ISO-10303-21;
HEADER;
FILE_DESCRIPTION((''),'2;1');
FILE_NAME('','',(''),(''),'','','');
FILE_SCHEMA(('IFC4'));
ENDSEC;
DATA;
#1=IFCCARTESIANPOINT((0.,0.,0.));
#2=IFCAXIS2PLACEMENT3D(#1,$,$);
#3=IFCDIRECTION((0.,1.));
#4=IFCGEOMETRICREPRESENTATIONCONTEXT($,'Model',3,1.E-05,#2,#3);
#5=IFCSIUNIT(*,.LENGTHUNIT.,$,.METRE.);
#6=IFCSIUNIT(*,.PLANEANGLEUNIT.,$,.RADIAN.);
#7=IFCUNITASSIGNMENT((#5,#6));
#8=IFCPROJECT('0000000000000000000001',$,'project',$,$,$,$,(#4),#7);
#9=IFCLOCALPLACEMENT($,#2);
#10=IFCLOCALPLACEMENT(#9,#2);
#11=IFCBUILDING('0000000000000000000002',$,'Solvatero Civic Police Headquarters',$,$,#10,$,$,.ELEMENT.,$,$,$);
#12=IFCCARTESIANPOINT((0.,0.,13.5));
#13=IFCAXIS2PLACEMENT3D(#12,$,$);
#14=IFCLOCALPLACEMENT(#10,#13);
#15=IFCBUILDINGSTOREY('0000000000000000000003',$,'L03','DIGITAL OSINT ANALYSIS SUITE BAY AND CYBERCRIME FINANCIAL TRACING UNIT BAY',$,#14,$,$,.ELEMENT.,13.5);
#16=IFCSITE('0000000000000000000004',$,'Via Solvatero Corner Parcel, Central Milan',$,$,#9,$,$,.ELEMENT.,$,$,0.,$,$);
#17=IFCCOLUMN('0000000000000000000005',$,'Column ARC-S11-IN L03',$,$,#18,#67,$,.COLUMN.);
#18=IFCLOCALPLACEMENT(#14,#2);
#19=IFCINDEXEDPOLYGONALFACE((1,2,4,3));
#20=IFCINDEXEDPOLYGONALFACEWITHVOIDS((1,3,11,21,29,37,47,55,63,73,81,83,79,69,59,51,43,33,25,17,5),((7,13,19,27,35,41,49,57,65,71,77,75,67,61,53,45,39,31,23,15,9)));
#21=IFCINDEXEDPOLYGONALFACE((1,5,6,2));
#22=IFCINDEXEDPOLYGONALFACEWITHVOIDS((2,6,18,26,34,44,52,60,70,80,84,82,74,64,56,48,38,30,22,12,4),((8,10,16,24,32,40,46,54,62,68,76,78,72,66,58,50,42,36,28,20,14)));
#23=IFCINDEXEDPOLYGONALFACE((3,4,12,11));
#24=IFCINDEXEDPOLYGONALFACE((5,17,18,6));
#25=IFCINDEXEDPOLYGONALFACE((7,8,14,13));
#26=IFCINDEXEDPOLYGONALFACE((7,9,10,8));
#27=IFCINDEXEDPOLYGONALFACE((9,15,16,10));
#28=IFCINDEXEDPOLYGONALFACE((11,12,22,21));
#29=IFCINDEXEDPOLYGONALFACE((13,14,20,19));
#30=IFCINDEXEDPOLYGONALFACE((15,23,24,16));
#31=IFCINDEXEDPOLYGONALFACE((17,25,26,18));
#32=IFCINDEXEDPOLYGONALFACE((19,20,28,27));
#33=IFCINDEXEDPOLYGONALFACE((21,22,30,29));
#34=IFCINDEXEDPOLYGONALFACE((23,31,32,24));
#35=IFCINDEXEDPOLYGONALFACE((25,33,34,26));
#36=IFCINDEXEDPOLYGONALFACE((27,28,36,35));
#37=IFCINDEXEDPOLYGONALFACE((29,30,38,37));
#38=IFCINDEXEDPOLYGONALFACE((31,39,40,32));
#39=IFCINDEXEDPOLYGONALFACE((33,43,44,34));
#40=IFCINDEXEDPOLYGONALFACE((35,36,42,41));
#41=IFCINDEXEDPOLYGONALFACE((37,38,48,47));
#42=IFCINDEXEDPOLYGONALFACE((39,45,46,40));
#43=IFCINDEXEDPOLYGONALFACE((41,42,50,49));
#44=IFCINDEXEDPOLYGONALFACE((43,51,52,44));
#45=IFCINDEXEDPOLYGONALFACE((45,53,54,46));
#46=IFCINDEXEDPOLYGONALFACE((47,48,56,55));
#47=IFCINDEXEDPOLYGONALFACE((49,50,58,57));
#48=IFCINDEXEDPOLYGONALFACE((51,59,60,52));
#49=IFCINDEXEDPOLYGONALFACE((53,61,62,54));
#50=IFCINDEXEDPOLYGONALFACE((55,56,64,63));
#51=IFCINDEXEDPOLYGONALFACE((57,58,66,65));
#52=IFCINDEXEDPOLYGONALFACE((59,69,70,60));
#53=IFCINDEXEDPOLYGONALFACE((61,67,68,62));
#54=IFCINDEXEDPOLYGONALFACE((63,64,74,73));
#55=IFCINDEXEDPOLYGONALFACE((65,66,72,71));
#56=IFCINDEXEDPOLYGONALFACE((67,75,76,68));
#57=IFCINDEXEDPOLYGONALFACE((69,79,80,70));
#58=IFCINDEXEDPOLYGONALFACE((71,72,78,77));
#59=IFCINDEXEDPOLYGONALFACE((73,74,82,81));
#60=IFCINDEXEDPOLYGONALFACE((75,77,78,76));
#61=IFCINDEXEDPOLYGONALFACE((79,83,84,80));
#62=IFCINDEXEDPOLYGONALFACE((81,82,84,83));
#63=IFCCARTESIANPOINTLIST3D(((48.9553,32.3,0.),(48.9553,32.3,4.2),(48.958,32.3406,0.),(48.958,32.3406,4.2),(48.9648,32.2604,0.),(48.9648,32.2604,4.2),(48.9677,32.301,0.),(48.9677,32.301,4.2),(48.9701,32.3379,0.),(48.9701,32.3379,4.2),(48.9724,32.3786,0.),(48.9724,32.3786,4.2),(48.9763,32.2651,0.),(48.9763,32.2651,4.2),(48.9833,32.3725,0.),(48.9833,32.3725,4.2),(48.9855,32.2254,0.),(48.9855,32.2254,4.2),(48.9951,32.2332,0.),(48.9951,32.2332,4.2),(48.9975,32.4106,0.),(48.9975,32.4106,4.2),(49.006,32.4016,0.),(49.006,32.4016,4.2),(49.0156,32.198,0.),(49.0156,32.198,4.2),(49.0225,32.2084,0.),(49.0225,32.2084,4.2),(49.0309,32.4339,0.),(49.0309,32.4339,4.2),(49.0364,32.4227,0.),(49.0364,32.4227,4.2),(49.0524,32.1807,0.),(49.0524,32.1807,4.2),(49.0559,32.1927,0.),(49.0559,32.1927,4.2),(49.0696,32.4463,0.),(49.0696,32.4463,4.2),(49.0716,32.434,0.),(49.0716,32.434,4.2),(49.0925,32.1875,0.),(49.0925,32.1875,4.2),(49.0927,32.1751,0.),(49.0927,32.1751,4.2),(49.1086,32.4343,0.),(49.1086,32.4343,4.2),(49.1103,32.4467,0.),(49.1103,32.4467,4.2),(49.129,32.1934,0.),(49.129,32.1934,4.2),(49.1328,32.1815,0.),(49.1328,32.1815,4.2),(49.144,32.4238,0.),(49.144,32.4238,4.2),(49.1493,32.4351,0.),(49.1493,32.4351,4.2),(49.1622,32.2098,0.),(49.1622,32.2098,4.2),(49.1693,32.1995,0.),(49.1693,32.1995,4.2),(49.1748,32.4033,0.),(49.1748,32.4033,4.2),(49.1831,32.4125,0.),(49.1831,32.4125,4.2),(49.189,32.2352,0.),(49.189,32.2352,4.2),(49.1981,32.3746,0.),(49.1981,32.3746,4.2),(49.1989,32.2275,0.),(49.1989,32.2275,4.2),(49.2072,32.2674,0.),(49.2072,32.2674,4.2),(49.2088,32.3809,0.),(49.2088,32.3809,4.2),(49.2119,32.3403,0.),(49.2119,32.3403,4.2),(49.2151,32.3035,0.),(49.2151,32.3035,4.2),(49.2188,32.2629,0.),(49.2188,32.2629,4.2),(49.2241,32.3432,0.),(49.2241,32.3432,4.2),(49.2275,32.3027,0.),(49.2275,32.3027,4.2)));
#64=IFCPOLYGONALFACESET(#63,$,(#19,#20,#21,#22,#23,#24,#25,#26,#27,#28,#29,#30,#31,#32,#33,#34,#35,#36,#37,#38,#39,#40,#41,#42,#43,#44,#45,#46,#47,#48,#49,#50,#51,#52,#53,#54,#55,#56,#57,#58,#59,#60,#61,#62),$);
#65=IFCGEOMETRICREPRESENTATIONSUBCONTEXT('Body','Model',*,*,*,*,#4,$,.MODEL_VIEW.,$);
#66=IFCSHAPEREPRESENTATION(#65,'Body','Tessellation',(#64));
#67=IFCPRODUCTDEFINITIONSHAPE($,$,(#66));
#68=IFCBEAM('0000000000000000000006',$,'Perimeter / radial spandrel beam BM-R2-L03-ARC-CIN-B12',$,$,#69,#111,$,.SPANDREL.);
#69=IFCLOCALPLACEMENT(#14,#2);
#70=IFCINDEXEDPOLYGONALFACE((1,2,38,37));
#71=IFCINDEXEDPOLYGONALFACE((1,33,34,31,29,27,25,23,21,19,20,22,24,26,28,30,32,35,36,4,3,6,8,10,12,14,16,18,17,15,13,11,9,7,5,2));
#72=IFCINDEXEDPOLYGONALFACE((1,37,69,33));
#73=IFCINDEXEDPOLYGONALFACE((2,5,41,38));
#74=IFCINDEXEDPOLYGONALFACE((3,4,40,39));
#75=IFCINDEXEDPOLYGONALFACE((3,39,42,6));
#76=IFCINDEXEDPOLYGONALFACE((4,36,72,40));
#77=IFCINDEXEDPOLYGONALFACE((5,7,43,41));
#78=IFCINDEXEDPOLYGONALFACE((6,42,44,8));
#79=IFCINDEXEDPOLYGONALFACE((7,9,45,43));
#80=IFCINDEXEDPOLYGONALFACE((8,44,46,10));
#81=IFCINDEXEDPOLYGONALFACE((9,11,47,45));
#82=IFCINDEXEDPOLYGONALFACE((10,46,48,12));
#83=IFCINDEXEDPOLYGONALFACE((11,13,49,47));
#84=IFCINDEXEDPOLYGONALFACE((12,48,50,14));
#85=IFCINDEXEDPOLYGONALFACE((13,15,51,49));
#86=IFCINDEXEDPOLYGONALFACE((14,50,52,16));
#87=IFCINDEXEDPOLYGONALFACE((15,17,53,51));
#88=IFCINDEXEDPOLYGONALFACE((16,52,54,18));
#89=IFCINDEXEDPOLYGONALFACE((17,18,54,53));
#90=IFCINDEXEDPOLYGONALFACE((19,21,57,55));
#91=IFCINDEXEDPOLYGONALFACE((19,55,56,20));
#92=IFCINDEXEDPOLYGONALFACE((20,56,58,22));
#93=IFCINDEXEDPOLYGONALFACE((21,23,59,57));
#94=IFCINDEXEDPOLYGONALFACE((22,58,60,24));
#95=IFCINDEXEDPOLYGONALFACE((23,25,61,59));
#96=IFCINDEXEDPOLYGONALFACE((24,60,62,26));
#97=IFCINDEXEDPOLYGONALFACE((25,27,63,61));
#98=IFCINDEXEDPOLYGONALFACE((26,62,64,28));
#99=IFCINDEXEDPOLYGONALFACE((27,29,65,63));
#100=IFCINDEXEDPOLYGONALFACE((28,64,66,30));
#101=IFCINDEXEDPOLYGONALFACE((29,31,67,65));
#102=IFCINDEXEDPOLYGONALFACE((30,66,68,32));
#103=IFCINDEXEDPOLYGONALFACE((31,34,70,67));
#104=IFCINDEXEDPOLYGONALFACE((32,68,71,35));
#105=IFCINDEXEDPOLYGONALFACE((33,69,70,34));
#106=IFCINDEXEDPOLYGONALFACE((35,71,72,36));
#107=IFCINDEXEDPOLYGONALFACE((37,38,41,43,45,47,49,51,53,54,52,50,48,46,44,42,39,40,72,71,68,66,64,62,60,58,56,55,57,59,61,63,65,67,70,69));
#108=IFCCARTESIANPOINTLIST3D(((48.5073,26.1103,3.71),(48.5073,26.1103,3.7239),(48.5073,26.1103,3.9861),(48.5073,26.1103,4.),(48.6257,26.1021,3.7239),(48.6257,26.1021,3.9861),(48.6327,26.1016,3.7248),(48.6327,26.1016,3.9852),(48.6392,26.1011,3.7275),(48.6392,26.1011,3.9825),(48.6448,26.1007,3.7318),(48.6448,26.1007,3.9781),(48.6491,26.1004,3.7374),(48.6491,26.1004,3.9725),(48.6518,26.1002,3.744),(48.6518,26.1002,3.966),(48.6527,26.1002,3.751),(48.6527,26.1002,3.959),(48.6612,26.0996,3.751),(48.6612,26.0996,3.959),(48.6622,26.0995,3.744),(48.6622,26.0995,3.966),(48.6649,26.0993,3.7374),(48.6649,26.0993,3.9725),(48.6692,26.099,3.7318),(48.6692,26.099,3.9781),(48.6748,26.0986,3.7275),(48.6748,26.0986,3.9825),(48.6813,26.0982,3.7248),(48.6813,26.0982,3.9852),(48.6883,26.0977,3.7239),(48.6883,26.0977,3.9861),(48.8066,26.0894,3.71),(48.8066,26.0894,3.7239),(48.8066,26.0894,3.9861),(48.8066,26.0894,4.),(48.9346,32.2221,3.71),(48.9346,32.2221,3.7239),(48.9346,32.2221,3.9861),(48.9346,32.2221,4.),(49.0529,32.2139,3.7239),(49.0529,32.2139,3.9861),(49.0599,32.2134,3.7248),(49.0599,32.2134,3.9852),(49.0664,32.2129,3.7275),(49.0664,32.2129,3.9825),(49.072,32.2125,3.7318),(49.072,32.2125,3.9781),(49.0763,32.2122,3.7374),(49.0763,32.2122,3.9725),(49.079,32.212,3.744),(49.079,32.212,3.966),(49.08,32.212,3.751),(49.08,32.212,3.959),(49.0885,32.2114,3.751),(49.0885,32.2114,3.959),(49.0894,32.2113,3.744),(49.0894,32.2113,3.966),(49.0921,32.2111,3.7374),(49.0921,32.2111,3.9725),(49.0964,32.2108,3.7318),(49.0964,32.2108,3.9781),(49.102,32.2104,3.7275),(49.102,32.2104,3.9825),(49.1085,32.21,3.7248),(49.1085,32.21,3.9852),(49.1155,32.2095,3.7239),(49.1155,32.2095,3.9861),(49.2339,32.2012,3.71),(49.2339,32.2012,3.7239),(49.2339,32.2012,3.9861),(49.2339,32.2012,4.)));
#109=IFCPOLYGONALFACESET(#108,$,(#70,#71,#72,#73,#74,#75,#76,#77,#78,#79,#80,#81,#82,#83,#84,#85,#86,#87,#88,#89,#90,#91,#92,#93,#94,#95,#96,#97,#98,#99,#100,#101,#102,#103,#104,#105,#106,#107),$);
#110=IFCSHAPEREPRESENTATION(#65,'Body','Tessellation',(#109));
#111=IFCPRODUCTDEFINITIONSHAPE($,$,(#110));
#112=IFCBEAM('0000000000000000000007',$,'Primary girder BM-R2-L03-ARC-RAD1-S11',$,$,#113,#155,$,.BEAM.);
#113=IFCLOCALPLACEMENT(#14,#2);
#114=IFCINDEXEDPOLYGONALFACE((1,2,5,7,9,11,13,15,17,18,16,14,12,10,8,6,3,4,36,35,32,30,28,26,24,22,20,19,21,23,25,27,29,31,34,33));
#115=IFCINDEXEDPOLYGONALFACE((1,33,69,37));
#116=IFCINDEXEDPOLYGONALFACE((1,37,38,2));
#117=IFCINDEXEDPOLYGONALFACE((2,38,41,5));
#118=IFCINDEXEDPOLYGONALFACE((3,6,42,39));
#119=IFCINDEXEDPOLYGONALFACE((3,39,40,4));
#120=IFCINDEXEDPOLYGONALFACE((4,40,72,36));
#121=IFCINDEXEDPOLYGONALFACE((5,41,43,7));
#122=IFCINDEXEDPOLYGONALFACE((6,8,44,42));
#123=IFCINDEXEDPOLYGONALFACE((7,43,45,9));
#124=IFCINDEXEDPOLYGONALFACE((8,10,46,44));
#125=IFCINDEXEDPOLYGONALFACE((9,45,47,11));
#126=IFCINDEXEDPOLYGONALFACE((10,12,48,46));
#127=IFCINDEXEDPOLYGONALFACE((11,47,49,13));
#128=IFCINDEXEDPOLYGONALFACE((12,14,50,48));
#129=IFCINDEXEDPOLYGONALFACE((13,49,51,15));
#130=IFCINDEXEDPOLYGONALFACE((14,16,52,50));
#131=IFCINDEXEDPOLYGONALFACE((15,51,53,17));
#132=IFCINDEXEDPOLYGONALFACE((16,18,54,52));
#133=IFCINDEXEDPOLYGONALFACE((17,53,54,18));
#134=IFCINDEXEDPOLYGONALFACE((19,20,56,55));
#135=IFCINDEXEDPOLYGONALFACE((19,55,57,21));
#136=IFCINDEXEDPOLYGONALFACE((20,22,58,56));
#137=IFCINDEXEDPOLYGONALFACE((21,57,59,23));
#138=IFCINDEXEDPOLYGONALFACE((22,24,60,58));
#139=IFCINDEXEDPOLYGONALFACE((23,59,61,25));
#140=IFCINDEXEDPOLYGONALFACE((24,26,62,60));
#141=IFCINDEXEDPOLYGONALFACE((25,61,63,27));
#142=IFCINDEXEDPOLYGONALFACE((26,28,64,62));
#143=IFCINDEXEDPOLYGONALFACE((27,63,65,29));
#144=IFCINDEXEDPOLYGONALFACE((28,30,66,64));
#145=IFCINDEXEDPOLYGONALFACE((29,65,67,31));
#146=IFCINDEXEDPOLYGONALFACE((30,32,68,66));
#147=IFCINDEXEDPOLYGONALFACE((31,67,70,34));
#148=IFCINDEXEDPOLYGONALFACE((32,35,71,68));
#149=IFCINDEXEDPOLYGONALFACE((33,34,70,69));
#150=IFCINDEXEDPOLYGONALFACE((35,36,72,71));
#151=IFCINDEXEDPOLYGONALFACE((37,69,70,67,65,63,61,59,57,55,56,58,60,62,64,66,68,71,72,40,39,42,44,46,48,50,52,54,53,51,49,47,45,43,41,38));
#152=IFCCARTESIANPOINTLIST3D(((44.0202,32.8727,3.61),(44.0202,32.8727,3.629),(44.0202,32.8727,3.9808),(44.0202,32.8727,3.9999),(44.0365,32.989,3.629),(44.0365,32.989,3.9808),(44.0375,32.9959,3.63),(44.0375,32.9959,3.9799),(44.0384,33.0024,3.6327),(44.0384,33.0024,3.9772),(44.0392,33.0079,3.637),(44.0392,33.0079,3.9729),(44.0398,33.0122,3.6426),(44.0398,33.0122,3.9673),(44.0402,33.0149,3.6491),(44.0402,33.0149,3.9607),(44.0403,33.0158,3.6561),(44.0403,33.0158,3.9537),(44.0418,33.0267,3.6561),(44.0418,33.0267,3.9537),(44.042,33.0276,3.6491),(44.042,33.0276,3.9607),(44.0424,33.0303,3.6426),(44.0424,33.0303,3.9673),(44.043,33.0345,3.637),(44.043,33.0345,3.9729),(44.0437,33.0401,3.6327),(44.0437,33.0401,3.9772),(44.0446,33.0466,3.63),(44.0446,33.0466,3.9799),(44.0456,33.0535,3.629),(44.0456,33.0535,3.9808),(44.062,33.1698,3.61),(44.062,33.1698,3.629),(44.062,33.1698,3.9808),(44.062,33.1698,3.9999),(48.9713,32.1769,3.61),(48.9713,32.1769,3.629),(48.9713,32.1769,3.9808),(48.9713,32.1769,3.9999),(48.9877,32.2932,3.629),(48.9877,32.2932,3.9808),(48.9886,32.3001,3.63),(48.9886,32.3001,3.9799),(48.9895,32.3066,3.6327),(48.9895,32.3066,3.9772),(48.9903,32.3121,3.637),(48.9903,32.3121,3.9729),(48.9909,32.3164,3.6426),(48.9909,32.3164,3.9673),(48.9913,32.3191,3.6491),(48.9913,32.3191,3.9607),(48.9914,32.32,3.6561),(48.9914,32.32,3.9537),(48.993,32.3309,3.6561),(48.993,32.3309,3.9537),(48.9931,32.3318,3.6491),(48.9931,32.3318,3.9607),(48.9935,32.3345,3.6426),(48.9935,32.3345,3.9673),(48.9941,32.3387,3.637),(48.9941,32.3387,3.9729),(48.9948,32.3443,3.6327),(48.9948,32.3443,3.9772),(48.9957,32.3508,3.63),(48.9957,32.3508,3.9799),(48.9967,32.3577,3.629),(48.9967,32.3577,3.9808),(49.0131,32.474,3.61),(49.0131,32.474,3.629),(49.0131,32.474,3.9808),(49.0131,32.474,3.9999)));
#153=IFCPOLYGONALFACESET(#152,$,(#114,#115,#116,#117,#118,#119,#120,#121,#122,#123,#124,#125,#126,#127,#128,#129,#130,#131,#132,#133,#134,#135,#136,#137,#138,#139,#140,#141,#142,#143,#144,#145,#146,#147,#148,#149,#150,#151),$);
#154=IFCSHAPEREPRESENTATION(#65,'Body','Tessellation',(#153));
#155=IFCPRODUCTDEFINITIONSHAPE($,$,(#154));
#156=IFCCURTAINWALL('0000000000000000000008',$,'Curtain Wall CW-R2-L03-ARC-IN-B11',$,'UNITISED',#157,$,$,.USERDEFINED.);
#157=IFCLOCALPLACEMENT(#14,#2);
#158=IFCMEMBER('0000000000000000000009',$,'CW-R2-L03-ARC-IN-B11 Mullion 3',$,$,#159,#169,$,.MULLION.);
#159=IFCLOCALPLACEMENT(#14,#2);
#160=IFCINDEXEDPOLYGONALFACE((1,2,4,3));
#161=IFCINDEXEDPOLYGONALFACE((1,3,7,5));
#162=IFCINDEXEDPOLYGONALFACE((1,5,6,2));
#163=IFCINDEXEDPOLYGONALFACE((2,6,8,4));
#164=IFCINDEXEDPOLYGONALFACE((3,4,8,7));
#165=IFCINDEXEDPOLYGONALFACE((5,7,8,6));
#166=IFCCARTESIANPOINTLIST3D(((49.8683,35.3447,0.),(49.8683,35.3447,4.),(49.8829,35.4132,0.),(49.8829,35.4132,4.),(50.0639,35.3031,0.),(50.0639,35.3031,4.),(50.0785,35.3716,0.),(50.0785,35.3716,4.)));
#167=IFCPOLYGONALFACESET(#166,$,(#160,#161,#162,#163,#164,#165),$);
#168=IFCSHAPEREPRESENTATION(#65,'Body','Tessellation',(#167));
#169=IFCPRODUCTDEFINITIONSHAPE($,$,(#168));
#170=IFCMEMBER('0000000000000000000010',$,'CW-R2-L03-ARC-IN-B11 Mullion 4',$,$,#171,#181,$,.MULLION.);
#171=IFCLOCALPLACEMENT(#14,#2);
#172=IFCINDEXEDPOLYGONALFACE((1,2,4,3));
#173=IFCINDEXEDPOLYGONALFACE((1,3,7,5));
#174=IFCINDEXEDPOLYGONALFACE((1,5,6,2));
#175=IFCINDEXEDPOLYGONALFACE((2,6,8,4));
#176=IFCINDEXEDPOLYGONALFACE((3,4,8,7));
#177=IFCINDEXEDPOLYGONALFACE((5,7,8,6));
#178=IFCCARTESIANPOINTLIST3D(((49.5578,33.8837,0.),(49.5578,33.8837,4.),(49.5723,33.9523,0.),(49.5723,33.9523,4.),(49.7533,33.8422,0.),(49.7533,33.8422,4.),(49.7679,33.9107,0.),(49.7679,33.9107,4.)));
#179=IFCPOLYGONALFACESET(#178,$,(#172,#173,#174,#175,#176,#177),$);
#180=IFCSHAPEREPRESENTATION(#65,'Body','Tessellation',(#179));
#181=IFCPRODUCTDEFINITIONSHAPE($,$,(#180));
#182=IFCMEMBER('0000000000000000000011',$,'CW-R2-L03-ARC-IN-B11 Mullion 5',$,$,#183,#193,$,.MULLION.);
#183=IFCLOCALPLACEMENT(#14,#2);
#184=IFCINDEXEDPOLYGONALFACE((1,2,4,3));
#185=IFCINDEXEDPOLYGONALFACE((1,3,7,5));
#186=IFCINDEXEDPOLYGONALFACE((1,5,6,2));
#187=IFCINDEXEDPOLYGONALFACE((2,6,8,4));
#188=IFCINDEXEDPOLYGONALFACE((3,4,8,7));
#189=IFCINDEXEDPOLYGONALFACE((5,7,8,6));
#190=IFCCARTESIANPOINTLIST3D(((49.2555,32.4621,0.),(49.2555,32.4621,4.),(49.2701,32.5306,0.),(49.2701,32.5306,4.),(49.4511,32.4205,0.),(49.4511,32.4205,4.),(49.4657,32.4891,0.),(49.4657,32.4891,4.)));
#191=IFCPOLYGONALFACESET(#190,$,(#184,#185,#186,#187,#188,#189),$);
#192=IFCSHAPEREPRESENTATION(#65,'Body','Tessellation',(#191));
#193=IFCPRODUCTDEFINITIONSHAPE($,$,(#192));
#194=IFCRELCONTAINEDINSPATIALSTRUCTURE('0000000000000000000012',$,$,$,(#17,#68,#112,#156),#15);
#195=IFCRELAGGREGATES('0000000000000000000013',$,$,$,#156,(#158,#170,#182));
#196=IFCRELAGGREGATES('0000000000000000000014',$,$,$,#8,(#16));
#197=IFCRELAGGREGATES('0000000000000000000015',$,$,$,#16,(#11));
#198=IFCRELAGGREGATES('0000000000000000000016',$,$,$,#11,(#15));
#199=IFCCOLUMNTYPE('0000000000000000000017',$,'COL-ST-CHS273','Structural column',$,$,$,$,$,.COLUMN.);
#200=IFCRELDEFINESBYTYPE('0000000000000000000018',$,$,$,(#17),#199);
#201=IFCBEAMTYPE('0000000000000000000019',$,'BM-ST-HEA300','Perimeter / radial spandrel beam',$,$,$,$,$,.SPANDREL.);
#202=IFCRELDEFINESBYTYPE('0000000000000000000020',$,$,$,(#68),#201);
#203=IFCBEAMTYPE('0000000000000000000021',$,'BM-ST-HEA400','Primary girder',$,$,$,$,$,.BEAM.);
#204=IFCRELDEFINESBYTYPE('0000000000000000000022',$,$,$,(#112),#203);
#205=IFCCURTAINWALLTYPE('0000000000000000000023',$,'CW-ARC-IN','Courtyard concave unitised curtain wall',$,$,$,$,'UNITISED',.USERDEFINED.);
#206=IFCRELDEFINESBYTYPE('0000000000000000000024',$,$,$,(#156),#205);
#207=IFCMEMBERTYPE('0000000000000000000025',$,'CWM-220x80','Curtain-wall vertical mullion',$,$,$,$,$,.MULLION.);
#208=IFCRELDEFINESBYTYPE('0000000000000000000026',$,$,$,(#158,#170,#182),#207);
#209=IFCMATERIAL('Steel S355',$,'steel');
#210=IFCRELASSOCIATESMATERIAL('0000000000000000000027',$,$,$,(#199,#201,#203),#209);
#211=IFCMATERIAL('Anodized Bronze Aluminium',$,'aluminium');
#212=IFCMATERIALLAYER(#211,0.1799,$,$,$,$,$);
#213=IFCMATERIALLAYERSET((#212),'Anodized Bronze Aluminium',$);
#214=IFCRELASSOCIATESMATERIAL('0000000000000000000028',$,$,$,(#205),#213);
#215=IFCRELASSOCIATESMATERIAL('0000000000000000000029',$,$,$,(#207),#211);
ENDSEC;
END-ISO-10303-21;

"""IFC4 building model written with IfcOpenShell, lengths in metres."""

from ifc_helpers import new_model, si_unit, direction, frame, origin, origin_2d, place, context, subcontext, project, spatial, rectangle, hollow_circle, i_section, extrude, material, layer, layer_set, material_profile, profile_set, type_object, element, aggregate, save


model = new_model("IFC4")

# Units and contexts
model_context = context("Model", 3, precision=1e-05, world=origin(), true_north=direction((0.0, 1.0)))
body_context = subcontext(model_context, "Body", "Model", "MODEL_VIEW")
ifc_project = project(units=[si_unit("LENGTHUNIT", "METRE"), si_unit("PLANEANGLEUNIT", "RADIAN")], contexts=[model_context])

# Site, building, storey
site_placement = place(None, origin())
site = spatial("IfcSite", under=ifc_project, at=site_placement, Name="Via Solvatero Corner Parcel, Central Milan", CompositionType="ELEMENT", RefElevation=0.0)
building_placement = place(site_placement, origin())
building = spatial("IfcBuilding", under=site, at=building_placement, Name="Solvatero Civic Police Headquarters", CompositionType="ELEMENT")
storey_placement = place(building_placement, frame((0.0, 0.0, 13.5)))
storey = spatial("IfcBuildingStorey", under=building, at=storey_placement, Name="L03", Description="DIGITAL OSINT ANALYSIS SUITE BAY AND CYBERCRIME FINANCIAL TRACING UNIT BAY", CompositionType="ELEMENT", Elevation=13.5)

# Column
ifc_material_1 = material(Name="Steel S355", Category="steel")
ifc_material_profile_1 = material_profile(ifc_material_1, hollow_circle(Radius=0.1365, WallThickness=0.0125, at=origin_2d()), Name="CHS 273.0x12.5")
ifc_profile_set_1 = profile_set([ifc_material_profile_1], Name="Steel S355")
column_type = type_object("IfcColumnType", Name="COL-ST-CHS273", Description="Structural column", PredefinedType="COLUMN", material=ifc_profile_set_1)
column_placement = place(storey_placement, frame((49.0913, 32.3115, 0.0), z_axis=(0.0, 0.0, 1.0), x_axis=(0.139173, 0.990268, 0.0)))
element("IfcColumn", 1, at=column_placement, inside=storey, type_object=column_type, Name="Column ARC-S11-IN L03", PredefinedType="COLUMN", context=body_context, shape_type="SweptSolid", body=[
    extrude(hollow_circle(Radius=0.1365, WallThickness=0.0125, at=origin_2d()), origin(), (0.0, 0.0, 1.0), 4.2),
])

# Beams
ifc_material_profile_2 = material_profile(ifc_material_1, i_section(OverallWidth=0.3, OverallDepth=0.29, WebThickness=0.0085, FlangeThickness=0.0139, FilletRadius=0.0271, at=origin_2d()), Name="HEA 300")
ifc_profile_set_2 = profile_set([ifc_material_profile_2], Name="Steel S355")
beam_type_1 = type_object("IfcBeamType", Name="BM-ST-HEA300", Description="Perimeter / radial spandrel beam", PredefinedType="SPANDREL", material=ifc_profile_set_2)
beam_1_placement = place(storey_placement, frame((49.0842, 32.2117, 3.855), z_axis=(-0.069735, -0.997566, 0.0), x_axis=(0.997566, -0.069735, 0.0)))
element("IfcBeam", 2, at=beam_1_placement, inside=storey, type_object=beam_type_1, Name="Perimeter / radial spandrel beam BM-R2-L03-ARC-CIN-B12", PredefinedType="SPANDREL", context=body_context, shape_type="SweptSolid", body=[
    extrude(i_section(OverallWidth=0.3, OverallDepth=0.29, WebThickness=0.0085, FlangeThickness=0.0139, FilletRadius=0.0271, at=origin_2d()), origin(), (0.0, 0.0, 1.0), 6.1267),
])
ifc_material_profile_3 = material_profile(ifc_material_1, i_section(OverallWidth=0.3, OverallDepth=0.3899, WebThickness=0.011, FlangeThickness=0.019, FilletRadius=0.0271, at=origin_2d()), Name="HEA 400")
ifc_profile_set_3 = profile_set([ifc_material_profile_3], Name="Steel S355")
beam_type_2 = type_object("IfcBeamType", Name="BM-ST-HEA400", Description="Primary girder", PredefinedType="BEAM", material=ifc_profile_set_3)
beam_2_placement = place(storey_placement, frame((48.9922, 32.3254, 3.8049), z_axis=(-0.990269, 0.139165, 0.0), x_axis=(-0.139165, -0.990269, 0.0)))
element("IfcBeam", 3, at=beam_2_placement, inside=storey, type_object=beam_type_2, Name="Primary girder BM-R2-L03-ARC-RAD1-S11", PredefinedType="BEAM", context=body_context, shape_type="SweptSolid", body=[
    extrude(i_section(OverallWidth=0.3, OverallDepth=0.3899, WebThickness=0.011, FlangeThickness=0.019, FilletRadius=0.0271, at=origin_2d()), origin(), (0.0, 0.0, 1.0), 4.9998),
])

# Curtain wall, members
ifc_material_2 = material(Name="Anodized Bronze Aluminium", Category="aluminium")
ifc_layer_1 = layer(ifc_material_2, 0.1799)
ifc_layer_set_1 = layer_set([ifc_layer_1], Name="Anodized Bronze Aluminium")
curtain_wall_type = type_object("IfcCurtainWallType", Name="CW-ARC-IN", Description="Courtyard concave unitised curtain wall", ElementType="UNITISED", PredefinedType="USERDEFINED", material=ifc_layer_set_1)
curtain_wall_1_placement = place(storey_placement, origin())
curtain_wall_1 = element("IfcCurtainWall", 4, at=curtain_wall_1_placement, inside=storey, type_object=curtain_wall_type, Name="Curtain Wall CW-R2-L03-ARC-IN-B11", ObjectType="UNITISED", PredefinedType="USERDEFINED")
ifc_material_profile_4 = material_profile(ifc_material_2, rectangle(XDim=0.0701, YDim=0.2, at=origin_2d()), Name="ALU MULLION 70x200")
ifc_profile_set_4 = profile_set([ifc_material_profile_4], Name="Anodized Bronze Aluminium")
member_type_1 = type_object("IfcMemberType", Name="CWM-220x80", Description="Curtain-wall vertical mullion", PredefinedType="MULLION", material=ifc_profile_set_4)
member_1_placement = place(storey_placement, frame((49.9734, 35.3582, 0.0), z_axis=(0.0, 0.0, 1.0), x_axis=(-0.207912, -0.978148, 0.0)))
member_1 = element("IfcMember", 5, at=member_1_placement, type_object=member_type_1, Name="CW-R2-L03-ARC-IN-B11 Mullion 3", PredefinedType="MULLION", context=body_context, shape_type="SweptSolid", body=[
    extrude(rectangle(XDim=0.0701, YDim=0.2, at=origin_2d()), origin(), (0.0, 0.0, 1.0), 4.0),
])
member_2_placement = place(storey_placement, frame((49.6628, 33.8972, 0.0), z_axis=(0.0, 0.0, 1.0), x_axis=(-0.207912, -0.978148, 0.0)))
member_2 = element("IfcMember", 6, at=member_2_placement, type_object=member_type_1, Name="CW-R2-L03-ARC-IN-B11 Mullion 4", PredefinedType="MULLION", context=body_context, shape_type="SweptSolid", body=[
    extrude(rectangle(XDim=0.0701, YDim=0.2, at=origin_2d()), origin(), (0.0, 0.0, 1.0), 4.0),
])
member_3_placement = place(storey_placement, frame((49.3606, 32.4756, 0.0), z_axis=(0.0, 0.0, 1.0), x_axis=(-0.207912, -0.978148, 0.0)))
member_3 = element("IfcMember", 7, at=member_3_placement, type_object=member_type_1, Name="CW-R2-L03-ARC-IN-B11 Mullion 5", PredefinedType="MULLION", context=body_context, shape_type="SweptSolid", body=[
    extrude(rectangle(XDim=0.0701, YDim=0.2, at=origin_2d()), origin(), (0.0, 0.0, 1.0), 4.0),
])

aggregate(curtain_wall_1, [member_1, member_2, member_3])

save(model, "model.ifc")
